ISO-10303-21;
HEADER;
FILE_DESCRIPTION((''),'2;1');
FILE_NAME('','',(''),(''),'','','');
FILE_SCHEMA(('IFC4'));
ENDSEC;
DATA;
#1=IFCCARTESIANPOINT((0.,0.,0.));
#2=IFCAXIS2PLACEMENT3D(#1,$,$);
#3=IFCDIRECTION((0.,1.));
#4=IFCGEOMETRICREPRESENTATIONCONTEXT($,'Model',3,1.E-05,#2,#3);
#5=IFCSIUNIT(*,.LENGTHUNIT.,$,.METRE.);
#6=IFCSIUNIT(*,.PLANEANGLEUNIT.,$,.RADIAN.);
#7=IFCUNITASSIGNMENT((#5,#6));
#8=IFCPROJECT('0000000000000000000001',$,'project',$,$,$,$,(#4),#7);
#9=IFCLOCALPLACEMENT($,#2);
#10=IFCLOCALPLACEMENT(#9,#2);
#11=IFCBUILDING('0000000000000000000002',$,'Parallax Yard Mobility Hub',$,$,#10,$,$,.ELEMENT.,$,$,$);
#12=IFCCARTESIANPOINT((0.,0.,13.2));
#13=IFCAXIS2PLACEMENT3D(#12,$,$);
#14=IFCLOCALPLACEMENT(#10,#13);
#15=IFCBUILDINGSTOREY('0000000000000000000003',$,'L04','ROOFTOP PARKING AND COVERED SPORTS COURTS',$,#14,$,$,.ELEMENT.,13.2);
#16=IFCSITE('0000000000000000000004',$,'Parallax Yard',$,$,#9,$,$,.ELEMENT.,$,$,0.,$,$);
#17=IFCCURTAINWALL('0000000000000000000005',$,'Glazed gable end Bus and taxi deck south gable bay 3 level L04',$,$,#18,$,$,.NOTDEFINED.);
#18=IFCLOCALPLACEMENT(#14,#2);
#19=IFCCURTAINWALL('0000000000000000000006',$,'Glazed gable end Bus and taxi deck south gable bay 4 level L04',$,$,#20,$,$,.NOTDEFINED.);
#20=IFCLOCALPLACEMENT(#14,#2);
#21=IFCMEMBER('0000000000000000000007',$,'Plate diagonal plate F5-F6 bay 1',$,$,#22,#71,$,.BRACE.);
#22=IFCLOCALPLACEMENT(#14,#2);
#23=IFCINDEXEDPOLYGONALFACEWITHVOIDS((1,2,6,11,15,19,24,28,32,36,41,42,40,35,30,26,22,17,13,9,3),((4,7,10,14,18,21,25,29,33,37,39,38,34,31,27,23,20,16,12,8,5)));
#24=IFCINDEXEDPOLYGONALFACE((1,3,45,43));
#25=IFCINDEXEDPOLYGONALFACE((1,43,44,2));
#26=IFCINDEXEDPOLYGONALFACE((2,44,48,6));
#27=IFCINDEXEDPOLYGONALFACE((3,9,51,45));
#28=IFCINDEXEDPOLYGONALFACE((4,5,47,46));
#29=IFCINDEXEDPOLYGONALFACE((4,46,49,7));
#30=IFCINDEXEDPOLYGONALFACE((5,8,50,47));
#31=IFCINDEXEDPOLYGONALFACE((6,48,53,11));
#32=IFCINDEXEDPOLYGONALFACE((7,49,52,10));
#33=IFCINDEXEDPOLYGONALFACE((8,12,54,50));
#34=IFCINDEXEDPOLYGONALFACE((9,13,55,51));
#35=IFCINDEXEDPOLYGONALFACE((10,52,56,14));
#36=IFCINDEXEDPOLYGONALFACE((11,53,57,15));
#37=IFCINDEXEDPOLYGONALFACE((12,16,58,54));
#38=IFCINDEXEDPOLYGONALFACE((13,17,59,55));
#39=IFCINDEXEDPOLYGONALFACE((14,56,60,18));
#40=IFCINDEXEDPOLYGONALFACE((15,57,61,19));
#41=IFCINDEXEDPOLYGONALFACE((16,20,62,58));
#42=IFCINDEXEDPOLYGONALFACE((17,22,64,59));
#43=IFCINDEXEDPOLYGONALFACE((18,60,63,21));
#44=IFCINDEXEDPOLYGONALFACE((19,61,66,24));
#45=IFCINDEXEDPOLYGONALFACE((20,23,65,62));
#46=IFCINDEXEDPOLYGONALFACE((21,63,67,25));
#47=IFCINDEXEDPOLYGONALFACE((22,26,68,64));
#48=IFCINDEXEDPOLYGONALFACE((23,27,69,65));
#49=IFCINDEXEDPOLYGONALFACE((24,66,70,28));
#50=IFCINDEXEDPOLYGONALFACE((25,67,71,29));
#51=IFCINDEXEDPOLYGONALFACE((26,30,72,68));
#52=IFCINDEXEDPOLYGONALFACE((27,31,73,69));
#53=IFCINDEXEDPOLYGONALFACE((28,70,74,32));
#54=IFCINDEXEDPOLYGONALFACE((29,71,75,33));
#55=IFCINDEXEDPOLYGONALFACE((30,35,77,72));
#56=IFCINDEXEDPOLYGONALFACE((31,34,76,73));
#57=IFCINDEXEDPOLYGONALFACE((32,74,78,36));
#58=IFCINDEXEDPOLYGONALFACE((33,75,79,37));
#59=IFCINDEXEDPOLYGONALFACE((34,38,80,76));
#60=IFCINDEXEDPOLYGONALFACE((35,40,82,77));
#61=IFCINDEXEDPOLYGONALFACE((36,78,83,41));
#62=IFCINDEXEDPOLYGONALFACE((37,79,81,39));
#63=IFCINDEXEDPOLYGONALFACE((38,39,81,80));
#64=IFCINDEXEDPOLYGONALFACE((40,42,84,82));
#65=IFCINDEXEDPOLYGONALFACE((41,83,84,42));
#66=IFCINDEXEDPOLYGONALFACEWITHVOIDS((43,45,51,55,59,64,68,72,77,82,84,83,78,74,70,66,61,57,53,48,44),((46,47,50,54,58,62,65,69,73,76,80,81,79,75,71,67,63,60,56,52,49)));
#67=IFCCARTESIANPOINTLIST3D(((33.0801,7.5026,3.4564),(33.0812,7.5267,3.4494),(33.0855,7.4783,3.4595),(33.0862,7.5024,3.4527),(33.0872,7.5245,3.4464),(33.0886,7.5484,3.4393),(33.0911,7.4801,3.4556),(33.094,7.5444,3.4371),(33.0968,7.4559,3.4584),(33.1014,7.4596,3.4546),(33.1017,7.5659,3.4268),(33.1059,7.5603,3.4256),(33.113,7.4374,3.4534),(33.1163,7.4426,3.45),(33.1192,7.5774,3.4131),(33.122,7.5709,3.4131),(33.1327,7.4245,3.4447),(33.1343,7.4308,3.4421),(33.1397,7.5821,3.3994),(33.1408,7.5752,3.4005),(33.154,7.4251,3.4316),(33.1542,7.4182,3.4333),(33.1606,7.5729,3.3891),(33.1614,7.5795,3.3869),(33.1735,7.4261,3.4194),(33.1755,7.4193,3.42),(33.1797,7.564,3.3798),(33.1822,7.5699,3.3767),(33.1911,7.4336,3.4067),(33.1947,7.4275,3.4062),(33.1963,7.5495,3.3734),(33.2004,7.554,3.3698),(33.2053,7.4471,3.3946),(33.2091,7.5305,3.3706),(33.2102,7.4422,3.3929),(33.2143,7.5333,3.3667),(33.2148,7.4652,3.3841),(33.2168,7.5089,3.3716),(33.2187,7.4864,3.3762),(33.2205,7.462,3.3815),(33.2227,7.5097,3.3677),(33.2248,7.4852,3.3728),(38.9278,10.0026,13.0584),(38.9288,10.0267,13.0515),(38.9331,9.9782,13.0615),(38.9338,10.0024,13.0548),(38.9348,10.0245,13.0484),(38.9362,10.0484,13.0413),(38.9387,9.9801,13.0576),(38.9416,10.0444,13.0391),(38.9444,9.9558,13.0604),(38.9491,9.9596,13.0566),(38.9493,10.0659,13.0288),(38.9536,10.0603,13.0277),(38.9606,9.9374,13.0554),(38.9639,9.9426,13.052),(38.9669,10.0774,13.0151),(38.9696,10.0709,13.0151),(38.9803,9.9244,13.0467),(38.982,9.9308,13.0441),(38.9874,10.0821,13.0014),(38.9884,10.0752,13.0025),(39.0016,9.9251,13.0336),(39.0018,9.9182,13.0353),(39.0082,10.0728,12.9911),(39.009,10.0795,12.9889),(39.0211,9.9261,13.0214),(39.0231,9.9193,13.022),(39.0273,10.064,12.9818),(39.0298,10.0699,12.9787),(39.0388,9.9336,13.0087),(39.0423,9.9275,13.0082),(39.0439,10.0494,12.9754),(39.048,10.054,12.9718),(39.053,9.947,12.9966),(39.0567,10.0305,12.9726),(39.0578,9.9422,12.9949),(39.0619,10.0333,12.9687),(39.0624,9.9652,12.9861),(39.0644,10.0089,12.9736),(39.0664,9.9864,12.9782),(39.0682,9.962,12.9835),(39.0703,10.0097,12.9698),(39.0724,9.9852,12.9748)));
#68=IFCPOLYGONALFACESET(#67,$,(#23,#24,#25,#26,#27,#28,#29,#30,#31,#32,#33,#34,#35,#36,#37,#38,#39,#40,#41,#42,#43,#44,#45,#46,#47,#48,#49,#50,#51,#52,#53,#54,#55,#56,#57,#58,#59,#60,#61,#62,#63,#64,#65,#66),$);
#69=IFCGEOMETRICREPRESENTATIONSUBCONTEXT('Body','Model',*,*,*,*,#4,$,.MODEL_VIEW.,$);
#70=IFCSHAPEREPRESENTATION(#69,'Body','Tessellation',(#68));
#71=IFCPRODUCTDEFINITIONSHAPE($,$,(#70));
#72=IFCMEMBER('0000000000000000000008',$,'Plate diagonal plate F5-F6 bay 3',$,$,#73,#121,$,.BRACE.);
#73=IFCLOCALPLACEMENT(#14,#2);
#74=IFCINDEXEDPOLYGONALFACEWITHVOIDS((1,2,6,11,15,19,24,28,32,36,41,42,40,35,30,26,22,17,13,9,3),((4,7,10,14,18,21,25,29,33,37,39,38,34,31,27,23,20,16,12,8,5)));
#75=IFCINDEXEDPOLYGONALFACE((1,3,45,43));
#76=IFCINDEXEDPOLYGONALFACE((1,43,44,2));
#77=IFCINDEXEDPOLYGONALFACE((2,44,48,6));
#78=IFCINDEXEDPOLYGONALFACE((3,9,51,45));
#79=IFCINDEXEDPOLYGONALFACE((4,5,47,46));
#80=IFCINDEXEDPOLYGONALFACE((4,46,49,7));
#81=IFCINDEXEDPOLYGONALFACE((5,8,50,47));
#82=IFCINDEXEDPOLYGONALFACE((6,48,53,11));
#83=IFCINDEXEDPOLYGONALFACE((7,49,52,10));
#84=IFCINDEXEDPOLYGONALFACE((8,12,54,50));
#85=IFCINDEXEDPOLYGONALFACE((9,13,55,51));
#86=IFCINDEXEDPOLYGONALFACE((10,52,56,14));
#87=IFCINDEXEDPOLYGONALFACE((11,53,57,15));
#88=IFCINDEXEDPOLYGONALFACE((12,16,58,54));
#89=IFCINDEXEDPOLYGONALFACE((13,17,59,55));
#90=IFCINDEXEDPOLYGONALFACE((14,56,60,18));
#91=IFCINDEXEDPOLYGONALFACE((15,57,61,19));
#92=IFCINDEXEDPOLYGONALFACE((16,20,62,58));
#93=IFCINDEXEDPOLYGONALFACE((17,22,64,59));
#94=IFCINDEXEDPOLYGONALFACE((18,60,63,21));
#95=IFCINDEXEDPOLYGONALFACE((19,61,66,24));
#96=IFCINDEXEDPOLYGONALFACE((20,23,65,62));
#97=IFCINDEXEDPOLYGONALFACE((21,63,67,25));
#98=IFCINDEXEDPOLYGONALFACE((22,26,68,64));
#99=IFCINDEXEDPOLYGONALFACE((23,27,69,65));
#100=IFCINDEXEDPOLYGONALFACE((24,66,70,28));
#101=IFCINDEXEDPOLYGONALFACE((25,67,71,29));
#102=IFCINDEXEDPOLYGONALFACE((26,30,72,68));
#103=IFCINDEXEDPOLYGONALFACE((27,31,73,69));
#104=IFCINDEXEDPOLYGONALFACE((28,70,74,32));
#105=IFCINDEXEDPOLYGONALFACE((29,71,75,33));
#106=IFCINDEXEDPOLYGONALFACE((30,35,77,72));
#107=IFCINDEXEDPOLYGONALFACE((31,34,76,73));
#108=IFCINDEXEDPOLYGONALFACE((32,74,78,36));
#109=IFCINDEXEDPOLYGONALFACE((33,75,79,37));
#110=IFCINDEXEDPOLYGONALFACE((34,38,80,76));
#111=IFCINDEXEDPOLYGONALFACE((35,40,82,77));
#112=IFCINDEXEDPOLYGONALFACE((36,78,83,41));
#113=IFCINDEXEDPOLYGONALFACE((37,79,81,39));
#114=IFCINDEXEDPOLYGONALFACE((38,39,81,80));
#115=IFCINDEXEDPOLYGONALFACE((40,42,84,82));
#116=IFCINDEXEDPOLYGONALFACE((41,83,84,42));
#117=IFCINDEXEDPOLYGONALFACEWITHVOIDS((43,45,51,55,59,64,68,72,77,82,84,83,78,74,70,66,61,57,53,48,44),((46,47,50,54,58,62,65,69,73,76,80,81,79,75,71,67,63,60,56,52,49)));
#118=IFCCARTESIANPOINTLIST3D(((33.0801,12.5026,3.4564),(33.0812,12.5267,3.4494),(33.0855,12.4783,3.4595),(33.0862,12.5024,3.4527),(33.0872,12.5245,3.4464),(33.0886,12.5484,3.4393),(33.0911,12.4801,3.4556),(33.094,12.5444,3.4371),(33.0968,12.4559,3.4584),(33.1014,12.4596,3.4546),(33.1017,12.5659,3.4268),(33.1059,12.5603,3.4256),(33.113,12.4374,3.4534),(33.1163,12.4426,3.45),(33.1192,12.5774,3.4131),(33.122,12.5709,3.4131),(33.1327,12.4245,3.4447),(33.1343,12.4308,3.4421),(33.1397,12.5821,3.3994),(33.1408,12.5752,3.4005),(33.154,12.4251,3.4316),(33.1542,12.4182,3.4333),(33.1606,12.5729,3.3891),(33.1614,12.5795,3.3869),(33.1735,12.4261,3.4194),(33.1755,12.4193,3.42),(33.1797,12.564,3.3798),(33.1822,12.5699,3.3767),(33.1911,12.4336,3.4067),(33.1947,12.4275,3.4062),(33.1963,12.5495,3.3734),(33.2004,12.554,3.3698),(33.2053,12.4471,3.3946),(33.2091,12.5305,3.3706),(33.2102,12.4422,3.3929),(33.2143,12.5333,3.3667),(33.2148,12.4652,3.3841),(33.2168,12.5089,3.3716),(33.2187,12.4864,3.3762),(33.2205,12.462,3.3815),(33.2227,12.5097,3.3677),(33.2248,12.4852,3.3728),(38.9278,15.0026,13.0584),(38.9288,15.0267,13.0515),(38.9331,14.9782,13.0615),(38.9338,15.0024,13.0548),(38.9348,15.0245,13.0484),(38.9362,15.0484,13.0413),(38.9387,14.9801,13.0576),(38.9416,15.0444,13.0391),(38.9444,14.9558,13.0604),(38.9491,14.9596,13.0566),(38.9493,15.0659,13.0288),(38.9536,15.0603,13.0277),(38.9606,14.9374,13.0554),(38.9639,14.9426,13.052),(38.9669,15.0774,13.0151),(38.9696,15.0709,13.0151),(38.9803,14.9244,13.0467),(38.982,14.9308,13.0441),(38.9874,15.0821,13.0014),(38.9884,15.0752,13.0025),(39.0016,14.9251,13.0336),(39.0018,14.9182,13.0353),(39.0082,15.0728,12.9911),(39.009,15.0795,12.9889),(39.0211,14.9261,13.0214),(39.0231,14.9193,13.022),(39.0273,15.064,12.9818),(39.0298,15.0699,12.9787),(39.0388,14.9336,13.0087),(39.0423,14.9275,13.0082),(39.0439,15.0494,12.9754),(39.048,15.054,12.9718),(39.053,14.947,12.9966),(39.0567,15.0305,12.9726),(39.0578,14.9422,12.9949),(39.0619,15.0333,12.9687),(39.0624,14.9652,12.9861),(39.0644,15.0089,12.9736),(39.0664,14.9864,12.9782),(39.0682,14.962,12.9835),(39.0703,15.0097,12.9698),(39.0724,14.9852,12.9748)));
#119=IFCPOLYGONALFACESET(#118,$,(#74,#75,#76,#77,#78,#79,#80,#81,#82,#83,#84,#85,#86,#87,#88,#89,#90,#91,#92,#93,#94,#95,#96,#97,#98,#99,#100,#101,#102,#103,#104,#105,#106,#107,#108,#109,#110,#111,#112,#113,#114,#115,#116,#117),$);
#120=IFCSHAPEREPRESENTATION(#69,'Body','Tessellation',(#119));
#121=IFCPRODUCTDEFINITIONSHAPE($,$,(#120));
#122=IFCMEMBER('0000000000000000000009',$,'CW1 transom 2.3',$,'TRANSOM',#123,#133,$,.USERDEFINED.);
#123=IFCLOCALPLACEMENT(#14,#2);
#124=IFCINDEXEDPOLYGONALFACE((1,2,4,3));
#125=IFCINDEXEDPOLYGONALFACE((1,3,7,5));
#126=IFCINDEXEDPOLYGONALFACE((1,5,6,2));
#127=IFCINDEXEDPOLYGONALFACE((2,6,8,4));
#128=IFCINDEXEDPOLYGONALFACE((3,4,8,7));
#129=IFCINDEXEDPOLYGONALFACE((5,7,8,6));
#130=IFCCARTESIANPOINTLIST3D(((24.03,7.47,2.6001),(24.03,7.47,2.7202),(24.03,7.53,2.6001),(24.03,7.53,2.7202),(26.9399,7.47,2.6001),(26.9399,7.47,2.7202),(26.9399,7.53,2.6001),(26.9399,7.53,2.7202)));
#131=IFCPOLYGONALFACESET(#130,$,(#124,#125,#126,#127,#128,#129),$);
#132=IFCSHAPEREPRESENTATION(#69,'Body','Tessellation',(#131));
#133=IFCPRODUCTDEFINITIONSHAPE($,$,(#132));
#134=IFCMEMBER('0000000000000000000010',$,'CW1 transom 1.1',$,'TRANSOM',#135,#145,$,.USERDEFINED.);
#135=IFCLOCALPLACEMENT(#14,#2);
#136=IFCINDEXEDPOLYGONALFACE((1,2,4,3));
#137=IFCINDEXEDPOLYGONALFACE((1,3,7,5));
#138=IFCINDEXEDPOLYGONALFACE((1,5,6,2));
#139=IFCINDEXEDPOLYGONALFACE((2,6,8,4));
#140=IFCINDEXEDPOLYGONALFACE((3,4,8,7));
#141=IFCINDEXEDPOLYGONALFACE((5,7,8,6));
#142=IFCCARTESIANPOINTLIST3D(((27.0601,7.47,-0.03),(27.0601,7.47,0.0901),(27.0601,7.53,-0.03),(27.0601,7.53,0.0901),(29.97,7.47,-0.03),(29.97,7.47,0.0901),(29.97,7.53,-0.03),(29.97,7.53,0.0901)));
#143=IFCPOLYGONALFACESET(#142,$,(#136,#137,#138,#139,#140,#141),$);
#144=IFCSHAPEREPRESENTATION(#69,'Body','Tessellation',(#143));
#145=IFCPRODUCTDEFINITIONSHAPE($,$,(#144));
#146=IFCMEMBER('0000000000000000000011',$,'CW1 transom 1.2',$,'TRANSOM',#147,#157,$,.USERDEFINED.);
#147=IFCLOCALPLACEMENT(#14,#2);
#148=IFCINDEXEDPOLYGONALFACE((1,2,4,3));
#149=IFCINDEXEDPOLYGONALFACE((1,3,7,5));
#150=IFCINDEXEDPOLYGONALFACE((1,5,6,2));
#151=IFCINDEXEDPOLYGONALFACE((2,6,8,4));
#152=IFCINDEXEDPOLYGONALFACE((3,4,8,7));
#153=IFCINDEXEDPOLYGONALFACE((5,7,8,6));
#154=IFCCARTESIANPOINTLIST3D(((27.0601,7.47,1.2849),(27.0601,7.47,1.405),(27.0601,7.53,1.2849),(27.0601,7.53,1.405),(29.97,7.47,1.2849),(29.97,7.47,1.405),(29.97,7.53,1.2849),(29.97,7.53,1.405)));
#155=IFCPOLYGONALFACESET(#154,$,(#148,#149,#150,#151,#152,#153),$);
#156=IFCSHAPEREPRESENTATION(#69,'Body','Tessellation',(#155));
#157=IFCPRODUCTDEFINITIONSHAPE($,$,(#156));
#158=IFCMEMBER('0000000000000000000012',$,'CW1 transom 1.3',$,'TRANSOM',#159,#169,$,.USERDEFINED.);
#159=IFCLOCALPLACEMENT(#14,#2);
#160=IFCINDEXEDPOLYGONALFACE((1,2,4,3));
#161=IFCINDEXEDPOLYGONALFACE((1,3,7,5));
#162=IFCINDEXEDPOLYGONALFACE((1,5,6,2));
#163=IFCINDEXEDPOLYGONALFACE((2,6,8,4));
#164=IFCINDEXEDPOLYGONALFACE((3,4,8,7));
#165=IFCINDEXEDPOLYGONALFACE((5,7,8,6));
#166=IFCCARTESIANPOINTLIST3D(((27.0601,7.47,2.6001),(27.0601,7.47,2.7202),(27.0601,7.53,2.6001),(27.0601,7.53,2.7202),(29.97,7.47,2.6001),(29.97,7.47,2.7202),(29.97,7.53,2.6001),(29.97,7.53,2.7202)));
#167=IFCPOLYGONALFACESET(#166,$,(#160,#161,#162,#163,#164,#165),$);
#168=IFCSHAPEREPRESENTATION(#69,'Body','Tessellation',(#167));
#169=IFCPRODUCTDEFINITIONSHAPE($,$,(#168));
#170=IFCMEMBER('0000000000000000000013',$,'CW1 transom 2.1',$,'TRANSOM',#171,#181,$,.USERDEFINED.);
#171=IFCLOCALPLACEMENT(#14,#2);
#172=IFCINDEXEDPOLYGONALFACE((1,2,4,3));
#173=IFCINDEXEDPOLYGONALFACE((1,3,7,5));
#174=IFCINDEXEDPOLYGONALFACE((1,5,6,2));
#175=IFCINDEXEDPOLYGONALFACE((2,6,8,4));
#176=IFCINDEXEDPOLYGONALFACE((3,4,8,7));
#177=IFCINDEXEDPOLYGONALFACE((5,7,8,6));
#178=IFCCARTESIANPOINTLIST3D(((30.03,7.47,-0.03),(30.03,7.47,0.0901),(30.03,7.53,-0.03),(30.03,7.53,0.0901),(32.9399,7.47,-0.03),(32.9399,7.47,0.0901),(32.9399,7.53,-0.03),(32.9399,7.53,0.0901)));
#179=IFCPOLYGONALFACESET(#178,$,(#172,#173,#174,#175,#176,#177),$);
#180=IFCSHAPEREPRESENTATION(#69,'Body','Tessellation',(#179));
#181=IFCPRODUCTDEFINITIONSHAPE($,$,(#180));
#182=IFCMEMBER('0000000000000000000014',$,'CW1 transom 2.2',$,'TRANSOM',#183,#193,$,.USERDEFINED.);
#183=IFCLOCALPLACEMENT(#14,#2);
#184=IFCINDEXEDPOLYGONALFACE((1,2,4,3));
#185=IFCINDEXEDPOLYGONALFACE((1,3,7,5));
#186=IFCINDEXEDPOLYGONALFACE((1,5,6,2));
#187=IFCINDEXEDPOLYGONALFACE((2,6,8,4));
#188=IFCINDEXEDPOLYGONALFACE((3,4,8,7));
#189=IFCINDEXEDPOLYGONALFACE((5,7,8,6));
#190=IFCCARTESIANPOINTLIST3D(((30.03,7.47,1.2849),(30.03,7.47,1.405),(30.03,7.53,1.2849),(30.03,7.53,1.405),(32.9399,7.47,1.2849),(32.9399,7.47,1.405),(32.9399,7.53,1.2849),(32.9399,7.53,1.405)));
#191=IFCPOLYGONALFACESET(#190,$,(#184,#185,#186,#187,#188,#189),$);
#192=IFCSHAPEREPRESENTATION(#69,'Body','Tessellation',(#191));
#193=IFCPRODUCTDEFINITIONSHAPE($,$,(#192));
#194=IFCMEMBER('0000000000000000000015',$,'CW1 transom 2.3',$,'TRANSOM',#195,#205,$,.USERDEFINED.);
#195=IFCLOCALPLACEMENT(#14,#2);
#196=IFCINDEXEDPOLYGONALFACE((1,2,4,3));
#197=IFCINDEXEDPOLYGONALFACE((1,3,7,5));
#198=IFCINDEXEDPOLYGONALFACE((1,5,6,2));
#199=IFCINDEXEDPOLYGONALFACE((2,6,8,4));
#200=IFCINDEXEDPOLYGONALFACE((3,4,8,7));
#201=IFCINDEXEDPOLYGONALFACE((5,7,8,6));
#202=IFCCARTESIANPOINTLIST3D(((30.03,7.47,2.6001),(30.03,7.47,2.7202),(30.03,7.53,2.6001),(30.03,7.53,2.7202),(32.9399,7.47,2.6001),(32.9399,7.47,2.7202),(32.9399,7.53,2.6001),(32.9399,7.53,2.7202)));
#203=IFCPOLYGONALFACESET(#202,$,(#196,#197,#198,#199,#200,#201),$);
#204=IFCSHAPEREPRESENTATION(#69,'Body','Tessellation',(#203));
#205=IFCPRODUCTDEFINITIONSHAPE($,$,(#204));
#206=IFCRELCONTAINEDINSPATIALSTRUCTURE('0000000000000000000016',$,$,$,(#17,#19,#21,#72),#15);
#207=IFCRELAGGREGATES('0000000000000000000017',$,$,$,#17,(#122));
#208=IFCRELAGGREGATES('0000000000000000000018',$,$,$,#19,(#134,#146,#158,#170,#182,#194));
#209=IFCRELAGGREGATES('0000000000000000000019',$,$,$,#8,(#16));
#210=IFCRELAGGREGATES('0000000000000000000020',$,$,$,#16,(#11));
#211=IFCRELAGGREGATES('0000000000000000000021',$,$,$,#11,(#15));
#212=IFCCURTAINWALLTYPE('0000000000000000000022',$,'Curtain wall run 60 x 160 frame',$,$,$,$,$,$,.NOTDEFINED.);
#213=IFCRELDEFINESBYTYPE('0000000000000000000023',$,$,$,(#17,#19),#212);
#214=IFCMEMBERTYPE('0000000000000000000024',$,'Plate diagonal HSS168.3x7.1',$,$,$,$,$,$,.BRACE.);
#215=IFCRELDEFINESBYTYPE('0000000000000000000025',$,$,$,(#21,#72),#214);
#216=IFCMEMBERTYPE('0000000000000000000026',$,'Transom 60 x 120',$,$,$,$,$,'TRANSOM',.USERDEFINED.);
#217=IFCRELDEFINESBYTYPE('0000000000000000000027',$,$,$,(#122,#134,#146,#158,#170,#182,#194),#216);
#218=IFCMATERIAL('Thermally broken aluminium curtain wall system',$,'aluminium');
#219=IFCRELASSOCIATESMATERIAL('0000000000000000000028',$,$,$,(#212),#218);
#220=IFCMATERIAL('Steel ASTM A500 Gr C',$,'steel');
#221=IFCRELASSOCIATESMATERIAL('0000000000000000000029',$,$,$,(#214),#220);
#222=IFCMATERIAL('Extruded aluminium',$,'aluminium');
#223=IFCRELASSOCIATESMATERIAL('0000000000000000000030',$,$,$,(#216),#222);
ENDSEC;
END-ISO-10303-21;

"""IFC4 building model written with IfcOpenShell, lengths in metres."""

from ifc_helpers import new_model, si_unit, direction, frame, origin, origin_2d, place, context, subcontext, project, spatial, rectangle, hollow_circle, extrude, material, material_profile, profile_set, type_object, element, aggregate, save


model = new_model("IFC4")

# Units and contexts
model_context = context("Model", 3, precision=1e-05, world=origin(), true_north=direction((0.0, 1.0)))
body_context = subcontext(model_context, "Body", "Model", "MODEL_VIEW")
ifc_project = project(units=[si_unit("LENGTHUNIT", "METRE"), si_unit("PLANEANGLEUNIT", "RADIAN")], contexts=[model_context])

# Site, building, storey
site_placement = place(None, origin())
site = spatial("IfcSite", under=ifc_project, at=site_placement, Name="Parallax Yard", CompositionType="ELEMENT", RefElevation=0.0)
building_placement = place(site_placement, origin())
building = spatial("IfcBuilding", under=site, at=building_placement, Name="Parallax Yard Mobility Hub", CompositionType="ELEMENT")
storey_placement = place(building_placement, frame((0.0, 0.0, 13.2)))
storey = spatial("IfcBuildingStorey", under=building, at=storey_placement, Name="L04", Description="ROOFTOP PARKING AND COVERED SPORTS COURTS", CompositionType="ELEMENT", Elevation=13.2)

# Curtain wall
ifc_material_1 = material(Name="Thermally broken aluminium curtain wall system", Category="aluminium")
curtain_wall_type = type_object("IfcCurtainWallType", Name="Curtain wall run 60 x 160 frame", PredefinedType="NOTDEFINED", material=ifc_material_1)
curtain_wall_1_placement = place(storey_placement, origin())
curtain_wall_1 = element("IfcCurtainWall", 1, at=curtain_wall_1_placement, inside=storey, type_object=curtain_wall_type, Name="Glazed gable end Bus and taxi deck south gable bay 3 level L04", PredefinedType="NOTDEFINED")
ifc_material_2 = material(Name="Extruded aluminium", Category="aluminium")

# Curtain wall
curtain_wall_2_placement = place(storey_placement, origin())
curtain_wall_2 = element("IfcCurtainWall", 2, at=curtain_wall_2_placement, inside=storey, type_object=curtain_wall_type, Name="Glazed gable end Bus and taxi deck south gable bay 4 level L04", PredefinedType="NOTDEFINED")

# Members
ifc_material_3 = material(Name="Steel ASTM A500 Gr C", Category="steel")
ifc_material_profile_1 = material_profile(ifc_material_3, hollow_circle(Radius=0.0842, WallThickness=0.0071, at=origin_2d()), Name="HSS168.3x7.1")
ifc_profile_set_1 = profile_set([ifc_material_profile_1], Name="Steel ASTM A500 Gr C")
member_type_1 = type_object("IfcMemberType", Name="Plate diagonal HSS168.3x7.1", PredefinedType="BRACE", material=ifc_profile_set_1)
for number, where, z_axis, x_axis, name in (
    (3, (33.1523, 7.5, 3.4131), (0.507735, 0.217068, 0.833718), (-0.393104, 0.919494, 0.0), "Plate diagonal plate F5-F6 bay 1"),
    (4, (33.1523, 12.5, 3.4131), (0.507735, 0.217068, 0.833718), (-0.393104, 0.919494, 0.0), "Plate diagonal plate F5-F6 bay 3"),
):
    element("IfcMember", number, at=place(storey_placement, frame(where, z_axis=z_axis, x_axis=x_axis)), inside=storey, type_object=member_type_1, Name=name, PredefinedType="BRACE", context=body_context, shape_type="SweptSolid", body=[
        extrude(hollow_circle(Radius=0.0842, WallThickness=0.0071, at=origin_2d()), origin(), (0.0, 0.0, 1.0), 11.5171),
    ])

# Members
ifc_material_profile_2 = material_profile(ifc_material_2, rectangle(XDim=0.0601, YDim=0.1201, at=origin_2d()), Name="Transom 60 x 120")
ifc_profile_set_2 = profile_set([ifc_material_profile_2], Name="Extruded aluminium")
member_type_2 = type_object("IfcMemberType", Name="Transom 60 x 120", ElementType="TRANSOM", PredefinedType="USERDEFINED", material=ifc_profile_set_2)
member_1_placement = place(storey_placement, frame((24.03, 7.5, 2.6602), z_axis=(1.0, 0.0, 0.0), x_axis=(0.0, 1.0, 0.0)))
member_1 = element("IfcMember", 5, at=member_1_placement, type_object=member_type_2, Name="CW1 transom 2.3", ObjectType="TRANSOM", PredefinedType="USERDEFINED", context=body_context, shape_type="SweptSolid", body=[
    extrude(rectangle(XDim=0.0601, YDim=0.1201, at=origin_2d()), origin(), (0.0, 0.0, 1.0), 2.9099),
])
member_2_placement = place(storey_placement, frame((27.0601, 7.5, 0.03), z_axis=(1.0, 0.0, 0.0), x_axis=(0.0, 1.0, 0.0)))
member_2 = element("IfcMember", 6, at=member_2_placement, type_object=member_type_2, Name="CW1 transom 1.1", ObjectType="TRANSOM", PredefinedType="USERDEFINED", context=body_context, shape_type="SweptSolid", body=[
    extrude(rectangle(XDim=0.0601, YDim=0.1201, at=origin_2d()), origin(), (0.0, 0.0, 1.0), 2.9099),
])
member_3_placement = place(storey_placement, frame((27.0601, 7.5, 1.345), z_axis=(1.0, 0.0, 0.0), x_axis=(0.0, 1.0, 0.0)))
member_3 = element("IfcMember", 7, at=member_3_placement, type_object=member_type_2, Name="CW1 transom 1.2", ObjectType="TRANSOM", PredefinedType="USERDEFINED", context=body_context, shape_type="SweptSolid", body=[
    extrude(rectangle(XDim=0.0601, YDim=0.1201, at=origin_2d()), origin(), (0.0, 0.0, 1.0), 2.9099),
])
member_4_placement = place(storey_placement, frame((27.0601, 7.5, 2.6602), z_axis=(1.0, 0.0, 0.0), x_axis=(0.0, 1.0, 0.0)))
member_4 = element("IfcMember", 8, at=member_4_placement, type_object=member_type_2, Name="CW1 transom 1.3", ObjectType="TRANSOM", PredefinedType="USERDEFINED", context=body_context, shape_type="SweptSolid", body=[
    extrude(rectangle(XDim=0.0601, YDim=0.1201, at=origin_2d()), origin(), (0.0, 0.0, 1.0), 2.9099),
])
member_5_placement = place(storey_placement, frame((30.03, 7.5, 0.03), z_axis=(1.0, 0.0, 0.0), x_axis=(0.0, 1.0, 0.0)))
member_5 = element("IfcMember", 9, at=member_5_placement, type_object=member_type_2, Name="CW1 transom 2.1", ObjectType="TRANSOM", PredefinedType="USERDEFINED", context=body_context, shape_type="SweptSolid", body=[
    extrude(rectangle(XDim=0.0601, YDim=0.1201, at=origin_2d()), origin(), (0.0, 0.0, 1.0), 2.9099),
])
member_6_placement = place(storey_placement, frame((30.03, 7.5, 1.345), z_axis=(1.0, 0.0, 0.0), x_axis=(0.0, 1.0, 0.0)))
member_6 = element("IfcMember", 10, at=member_6_placement, type_object=member_type_2, Name="CW1 transom 2.2", ObjectType="TRANSOM", PredefinedType="USERDEFINED", context=body_context, shape_type="SweptSolid", body=[
    extrude(rectangle(XDim=0.0601, YDim=0.1201, at=origin_2d()), origin(), (0.0, 0.0, 1.0), 2.9099),
])
member_7_placement = place(storey_placement, frame((30.03, 7.5, 2.6602), z_axis=(1.0, 0.0, 0.0), x_axis=(0.0, 1.0, 0.0)))
member_7 = element("IfcMember", 11, at=member_7_placement, type_object=member_type_2, Name="CW1 transom 2.3", ObjectType="TRANSOM", PredefinedType="USERDEFINED", context=body_context, shape_type="SweptSolid", body=[
    extrude(rectangle(XDim=0.0601, YDim=0.1201, at=origin_2d()), origin(), (0.0, 0.0, 1.0), 2.9099),
])

aggregate(curtain_wall_1, [member_1])
aggregate(curtain_wall_2, [member_2, member_3, member_4, member_5, member_6, member_7])

save(model, "model.ifc")
